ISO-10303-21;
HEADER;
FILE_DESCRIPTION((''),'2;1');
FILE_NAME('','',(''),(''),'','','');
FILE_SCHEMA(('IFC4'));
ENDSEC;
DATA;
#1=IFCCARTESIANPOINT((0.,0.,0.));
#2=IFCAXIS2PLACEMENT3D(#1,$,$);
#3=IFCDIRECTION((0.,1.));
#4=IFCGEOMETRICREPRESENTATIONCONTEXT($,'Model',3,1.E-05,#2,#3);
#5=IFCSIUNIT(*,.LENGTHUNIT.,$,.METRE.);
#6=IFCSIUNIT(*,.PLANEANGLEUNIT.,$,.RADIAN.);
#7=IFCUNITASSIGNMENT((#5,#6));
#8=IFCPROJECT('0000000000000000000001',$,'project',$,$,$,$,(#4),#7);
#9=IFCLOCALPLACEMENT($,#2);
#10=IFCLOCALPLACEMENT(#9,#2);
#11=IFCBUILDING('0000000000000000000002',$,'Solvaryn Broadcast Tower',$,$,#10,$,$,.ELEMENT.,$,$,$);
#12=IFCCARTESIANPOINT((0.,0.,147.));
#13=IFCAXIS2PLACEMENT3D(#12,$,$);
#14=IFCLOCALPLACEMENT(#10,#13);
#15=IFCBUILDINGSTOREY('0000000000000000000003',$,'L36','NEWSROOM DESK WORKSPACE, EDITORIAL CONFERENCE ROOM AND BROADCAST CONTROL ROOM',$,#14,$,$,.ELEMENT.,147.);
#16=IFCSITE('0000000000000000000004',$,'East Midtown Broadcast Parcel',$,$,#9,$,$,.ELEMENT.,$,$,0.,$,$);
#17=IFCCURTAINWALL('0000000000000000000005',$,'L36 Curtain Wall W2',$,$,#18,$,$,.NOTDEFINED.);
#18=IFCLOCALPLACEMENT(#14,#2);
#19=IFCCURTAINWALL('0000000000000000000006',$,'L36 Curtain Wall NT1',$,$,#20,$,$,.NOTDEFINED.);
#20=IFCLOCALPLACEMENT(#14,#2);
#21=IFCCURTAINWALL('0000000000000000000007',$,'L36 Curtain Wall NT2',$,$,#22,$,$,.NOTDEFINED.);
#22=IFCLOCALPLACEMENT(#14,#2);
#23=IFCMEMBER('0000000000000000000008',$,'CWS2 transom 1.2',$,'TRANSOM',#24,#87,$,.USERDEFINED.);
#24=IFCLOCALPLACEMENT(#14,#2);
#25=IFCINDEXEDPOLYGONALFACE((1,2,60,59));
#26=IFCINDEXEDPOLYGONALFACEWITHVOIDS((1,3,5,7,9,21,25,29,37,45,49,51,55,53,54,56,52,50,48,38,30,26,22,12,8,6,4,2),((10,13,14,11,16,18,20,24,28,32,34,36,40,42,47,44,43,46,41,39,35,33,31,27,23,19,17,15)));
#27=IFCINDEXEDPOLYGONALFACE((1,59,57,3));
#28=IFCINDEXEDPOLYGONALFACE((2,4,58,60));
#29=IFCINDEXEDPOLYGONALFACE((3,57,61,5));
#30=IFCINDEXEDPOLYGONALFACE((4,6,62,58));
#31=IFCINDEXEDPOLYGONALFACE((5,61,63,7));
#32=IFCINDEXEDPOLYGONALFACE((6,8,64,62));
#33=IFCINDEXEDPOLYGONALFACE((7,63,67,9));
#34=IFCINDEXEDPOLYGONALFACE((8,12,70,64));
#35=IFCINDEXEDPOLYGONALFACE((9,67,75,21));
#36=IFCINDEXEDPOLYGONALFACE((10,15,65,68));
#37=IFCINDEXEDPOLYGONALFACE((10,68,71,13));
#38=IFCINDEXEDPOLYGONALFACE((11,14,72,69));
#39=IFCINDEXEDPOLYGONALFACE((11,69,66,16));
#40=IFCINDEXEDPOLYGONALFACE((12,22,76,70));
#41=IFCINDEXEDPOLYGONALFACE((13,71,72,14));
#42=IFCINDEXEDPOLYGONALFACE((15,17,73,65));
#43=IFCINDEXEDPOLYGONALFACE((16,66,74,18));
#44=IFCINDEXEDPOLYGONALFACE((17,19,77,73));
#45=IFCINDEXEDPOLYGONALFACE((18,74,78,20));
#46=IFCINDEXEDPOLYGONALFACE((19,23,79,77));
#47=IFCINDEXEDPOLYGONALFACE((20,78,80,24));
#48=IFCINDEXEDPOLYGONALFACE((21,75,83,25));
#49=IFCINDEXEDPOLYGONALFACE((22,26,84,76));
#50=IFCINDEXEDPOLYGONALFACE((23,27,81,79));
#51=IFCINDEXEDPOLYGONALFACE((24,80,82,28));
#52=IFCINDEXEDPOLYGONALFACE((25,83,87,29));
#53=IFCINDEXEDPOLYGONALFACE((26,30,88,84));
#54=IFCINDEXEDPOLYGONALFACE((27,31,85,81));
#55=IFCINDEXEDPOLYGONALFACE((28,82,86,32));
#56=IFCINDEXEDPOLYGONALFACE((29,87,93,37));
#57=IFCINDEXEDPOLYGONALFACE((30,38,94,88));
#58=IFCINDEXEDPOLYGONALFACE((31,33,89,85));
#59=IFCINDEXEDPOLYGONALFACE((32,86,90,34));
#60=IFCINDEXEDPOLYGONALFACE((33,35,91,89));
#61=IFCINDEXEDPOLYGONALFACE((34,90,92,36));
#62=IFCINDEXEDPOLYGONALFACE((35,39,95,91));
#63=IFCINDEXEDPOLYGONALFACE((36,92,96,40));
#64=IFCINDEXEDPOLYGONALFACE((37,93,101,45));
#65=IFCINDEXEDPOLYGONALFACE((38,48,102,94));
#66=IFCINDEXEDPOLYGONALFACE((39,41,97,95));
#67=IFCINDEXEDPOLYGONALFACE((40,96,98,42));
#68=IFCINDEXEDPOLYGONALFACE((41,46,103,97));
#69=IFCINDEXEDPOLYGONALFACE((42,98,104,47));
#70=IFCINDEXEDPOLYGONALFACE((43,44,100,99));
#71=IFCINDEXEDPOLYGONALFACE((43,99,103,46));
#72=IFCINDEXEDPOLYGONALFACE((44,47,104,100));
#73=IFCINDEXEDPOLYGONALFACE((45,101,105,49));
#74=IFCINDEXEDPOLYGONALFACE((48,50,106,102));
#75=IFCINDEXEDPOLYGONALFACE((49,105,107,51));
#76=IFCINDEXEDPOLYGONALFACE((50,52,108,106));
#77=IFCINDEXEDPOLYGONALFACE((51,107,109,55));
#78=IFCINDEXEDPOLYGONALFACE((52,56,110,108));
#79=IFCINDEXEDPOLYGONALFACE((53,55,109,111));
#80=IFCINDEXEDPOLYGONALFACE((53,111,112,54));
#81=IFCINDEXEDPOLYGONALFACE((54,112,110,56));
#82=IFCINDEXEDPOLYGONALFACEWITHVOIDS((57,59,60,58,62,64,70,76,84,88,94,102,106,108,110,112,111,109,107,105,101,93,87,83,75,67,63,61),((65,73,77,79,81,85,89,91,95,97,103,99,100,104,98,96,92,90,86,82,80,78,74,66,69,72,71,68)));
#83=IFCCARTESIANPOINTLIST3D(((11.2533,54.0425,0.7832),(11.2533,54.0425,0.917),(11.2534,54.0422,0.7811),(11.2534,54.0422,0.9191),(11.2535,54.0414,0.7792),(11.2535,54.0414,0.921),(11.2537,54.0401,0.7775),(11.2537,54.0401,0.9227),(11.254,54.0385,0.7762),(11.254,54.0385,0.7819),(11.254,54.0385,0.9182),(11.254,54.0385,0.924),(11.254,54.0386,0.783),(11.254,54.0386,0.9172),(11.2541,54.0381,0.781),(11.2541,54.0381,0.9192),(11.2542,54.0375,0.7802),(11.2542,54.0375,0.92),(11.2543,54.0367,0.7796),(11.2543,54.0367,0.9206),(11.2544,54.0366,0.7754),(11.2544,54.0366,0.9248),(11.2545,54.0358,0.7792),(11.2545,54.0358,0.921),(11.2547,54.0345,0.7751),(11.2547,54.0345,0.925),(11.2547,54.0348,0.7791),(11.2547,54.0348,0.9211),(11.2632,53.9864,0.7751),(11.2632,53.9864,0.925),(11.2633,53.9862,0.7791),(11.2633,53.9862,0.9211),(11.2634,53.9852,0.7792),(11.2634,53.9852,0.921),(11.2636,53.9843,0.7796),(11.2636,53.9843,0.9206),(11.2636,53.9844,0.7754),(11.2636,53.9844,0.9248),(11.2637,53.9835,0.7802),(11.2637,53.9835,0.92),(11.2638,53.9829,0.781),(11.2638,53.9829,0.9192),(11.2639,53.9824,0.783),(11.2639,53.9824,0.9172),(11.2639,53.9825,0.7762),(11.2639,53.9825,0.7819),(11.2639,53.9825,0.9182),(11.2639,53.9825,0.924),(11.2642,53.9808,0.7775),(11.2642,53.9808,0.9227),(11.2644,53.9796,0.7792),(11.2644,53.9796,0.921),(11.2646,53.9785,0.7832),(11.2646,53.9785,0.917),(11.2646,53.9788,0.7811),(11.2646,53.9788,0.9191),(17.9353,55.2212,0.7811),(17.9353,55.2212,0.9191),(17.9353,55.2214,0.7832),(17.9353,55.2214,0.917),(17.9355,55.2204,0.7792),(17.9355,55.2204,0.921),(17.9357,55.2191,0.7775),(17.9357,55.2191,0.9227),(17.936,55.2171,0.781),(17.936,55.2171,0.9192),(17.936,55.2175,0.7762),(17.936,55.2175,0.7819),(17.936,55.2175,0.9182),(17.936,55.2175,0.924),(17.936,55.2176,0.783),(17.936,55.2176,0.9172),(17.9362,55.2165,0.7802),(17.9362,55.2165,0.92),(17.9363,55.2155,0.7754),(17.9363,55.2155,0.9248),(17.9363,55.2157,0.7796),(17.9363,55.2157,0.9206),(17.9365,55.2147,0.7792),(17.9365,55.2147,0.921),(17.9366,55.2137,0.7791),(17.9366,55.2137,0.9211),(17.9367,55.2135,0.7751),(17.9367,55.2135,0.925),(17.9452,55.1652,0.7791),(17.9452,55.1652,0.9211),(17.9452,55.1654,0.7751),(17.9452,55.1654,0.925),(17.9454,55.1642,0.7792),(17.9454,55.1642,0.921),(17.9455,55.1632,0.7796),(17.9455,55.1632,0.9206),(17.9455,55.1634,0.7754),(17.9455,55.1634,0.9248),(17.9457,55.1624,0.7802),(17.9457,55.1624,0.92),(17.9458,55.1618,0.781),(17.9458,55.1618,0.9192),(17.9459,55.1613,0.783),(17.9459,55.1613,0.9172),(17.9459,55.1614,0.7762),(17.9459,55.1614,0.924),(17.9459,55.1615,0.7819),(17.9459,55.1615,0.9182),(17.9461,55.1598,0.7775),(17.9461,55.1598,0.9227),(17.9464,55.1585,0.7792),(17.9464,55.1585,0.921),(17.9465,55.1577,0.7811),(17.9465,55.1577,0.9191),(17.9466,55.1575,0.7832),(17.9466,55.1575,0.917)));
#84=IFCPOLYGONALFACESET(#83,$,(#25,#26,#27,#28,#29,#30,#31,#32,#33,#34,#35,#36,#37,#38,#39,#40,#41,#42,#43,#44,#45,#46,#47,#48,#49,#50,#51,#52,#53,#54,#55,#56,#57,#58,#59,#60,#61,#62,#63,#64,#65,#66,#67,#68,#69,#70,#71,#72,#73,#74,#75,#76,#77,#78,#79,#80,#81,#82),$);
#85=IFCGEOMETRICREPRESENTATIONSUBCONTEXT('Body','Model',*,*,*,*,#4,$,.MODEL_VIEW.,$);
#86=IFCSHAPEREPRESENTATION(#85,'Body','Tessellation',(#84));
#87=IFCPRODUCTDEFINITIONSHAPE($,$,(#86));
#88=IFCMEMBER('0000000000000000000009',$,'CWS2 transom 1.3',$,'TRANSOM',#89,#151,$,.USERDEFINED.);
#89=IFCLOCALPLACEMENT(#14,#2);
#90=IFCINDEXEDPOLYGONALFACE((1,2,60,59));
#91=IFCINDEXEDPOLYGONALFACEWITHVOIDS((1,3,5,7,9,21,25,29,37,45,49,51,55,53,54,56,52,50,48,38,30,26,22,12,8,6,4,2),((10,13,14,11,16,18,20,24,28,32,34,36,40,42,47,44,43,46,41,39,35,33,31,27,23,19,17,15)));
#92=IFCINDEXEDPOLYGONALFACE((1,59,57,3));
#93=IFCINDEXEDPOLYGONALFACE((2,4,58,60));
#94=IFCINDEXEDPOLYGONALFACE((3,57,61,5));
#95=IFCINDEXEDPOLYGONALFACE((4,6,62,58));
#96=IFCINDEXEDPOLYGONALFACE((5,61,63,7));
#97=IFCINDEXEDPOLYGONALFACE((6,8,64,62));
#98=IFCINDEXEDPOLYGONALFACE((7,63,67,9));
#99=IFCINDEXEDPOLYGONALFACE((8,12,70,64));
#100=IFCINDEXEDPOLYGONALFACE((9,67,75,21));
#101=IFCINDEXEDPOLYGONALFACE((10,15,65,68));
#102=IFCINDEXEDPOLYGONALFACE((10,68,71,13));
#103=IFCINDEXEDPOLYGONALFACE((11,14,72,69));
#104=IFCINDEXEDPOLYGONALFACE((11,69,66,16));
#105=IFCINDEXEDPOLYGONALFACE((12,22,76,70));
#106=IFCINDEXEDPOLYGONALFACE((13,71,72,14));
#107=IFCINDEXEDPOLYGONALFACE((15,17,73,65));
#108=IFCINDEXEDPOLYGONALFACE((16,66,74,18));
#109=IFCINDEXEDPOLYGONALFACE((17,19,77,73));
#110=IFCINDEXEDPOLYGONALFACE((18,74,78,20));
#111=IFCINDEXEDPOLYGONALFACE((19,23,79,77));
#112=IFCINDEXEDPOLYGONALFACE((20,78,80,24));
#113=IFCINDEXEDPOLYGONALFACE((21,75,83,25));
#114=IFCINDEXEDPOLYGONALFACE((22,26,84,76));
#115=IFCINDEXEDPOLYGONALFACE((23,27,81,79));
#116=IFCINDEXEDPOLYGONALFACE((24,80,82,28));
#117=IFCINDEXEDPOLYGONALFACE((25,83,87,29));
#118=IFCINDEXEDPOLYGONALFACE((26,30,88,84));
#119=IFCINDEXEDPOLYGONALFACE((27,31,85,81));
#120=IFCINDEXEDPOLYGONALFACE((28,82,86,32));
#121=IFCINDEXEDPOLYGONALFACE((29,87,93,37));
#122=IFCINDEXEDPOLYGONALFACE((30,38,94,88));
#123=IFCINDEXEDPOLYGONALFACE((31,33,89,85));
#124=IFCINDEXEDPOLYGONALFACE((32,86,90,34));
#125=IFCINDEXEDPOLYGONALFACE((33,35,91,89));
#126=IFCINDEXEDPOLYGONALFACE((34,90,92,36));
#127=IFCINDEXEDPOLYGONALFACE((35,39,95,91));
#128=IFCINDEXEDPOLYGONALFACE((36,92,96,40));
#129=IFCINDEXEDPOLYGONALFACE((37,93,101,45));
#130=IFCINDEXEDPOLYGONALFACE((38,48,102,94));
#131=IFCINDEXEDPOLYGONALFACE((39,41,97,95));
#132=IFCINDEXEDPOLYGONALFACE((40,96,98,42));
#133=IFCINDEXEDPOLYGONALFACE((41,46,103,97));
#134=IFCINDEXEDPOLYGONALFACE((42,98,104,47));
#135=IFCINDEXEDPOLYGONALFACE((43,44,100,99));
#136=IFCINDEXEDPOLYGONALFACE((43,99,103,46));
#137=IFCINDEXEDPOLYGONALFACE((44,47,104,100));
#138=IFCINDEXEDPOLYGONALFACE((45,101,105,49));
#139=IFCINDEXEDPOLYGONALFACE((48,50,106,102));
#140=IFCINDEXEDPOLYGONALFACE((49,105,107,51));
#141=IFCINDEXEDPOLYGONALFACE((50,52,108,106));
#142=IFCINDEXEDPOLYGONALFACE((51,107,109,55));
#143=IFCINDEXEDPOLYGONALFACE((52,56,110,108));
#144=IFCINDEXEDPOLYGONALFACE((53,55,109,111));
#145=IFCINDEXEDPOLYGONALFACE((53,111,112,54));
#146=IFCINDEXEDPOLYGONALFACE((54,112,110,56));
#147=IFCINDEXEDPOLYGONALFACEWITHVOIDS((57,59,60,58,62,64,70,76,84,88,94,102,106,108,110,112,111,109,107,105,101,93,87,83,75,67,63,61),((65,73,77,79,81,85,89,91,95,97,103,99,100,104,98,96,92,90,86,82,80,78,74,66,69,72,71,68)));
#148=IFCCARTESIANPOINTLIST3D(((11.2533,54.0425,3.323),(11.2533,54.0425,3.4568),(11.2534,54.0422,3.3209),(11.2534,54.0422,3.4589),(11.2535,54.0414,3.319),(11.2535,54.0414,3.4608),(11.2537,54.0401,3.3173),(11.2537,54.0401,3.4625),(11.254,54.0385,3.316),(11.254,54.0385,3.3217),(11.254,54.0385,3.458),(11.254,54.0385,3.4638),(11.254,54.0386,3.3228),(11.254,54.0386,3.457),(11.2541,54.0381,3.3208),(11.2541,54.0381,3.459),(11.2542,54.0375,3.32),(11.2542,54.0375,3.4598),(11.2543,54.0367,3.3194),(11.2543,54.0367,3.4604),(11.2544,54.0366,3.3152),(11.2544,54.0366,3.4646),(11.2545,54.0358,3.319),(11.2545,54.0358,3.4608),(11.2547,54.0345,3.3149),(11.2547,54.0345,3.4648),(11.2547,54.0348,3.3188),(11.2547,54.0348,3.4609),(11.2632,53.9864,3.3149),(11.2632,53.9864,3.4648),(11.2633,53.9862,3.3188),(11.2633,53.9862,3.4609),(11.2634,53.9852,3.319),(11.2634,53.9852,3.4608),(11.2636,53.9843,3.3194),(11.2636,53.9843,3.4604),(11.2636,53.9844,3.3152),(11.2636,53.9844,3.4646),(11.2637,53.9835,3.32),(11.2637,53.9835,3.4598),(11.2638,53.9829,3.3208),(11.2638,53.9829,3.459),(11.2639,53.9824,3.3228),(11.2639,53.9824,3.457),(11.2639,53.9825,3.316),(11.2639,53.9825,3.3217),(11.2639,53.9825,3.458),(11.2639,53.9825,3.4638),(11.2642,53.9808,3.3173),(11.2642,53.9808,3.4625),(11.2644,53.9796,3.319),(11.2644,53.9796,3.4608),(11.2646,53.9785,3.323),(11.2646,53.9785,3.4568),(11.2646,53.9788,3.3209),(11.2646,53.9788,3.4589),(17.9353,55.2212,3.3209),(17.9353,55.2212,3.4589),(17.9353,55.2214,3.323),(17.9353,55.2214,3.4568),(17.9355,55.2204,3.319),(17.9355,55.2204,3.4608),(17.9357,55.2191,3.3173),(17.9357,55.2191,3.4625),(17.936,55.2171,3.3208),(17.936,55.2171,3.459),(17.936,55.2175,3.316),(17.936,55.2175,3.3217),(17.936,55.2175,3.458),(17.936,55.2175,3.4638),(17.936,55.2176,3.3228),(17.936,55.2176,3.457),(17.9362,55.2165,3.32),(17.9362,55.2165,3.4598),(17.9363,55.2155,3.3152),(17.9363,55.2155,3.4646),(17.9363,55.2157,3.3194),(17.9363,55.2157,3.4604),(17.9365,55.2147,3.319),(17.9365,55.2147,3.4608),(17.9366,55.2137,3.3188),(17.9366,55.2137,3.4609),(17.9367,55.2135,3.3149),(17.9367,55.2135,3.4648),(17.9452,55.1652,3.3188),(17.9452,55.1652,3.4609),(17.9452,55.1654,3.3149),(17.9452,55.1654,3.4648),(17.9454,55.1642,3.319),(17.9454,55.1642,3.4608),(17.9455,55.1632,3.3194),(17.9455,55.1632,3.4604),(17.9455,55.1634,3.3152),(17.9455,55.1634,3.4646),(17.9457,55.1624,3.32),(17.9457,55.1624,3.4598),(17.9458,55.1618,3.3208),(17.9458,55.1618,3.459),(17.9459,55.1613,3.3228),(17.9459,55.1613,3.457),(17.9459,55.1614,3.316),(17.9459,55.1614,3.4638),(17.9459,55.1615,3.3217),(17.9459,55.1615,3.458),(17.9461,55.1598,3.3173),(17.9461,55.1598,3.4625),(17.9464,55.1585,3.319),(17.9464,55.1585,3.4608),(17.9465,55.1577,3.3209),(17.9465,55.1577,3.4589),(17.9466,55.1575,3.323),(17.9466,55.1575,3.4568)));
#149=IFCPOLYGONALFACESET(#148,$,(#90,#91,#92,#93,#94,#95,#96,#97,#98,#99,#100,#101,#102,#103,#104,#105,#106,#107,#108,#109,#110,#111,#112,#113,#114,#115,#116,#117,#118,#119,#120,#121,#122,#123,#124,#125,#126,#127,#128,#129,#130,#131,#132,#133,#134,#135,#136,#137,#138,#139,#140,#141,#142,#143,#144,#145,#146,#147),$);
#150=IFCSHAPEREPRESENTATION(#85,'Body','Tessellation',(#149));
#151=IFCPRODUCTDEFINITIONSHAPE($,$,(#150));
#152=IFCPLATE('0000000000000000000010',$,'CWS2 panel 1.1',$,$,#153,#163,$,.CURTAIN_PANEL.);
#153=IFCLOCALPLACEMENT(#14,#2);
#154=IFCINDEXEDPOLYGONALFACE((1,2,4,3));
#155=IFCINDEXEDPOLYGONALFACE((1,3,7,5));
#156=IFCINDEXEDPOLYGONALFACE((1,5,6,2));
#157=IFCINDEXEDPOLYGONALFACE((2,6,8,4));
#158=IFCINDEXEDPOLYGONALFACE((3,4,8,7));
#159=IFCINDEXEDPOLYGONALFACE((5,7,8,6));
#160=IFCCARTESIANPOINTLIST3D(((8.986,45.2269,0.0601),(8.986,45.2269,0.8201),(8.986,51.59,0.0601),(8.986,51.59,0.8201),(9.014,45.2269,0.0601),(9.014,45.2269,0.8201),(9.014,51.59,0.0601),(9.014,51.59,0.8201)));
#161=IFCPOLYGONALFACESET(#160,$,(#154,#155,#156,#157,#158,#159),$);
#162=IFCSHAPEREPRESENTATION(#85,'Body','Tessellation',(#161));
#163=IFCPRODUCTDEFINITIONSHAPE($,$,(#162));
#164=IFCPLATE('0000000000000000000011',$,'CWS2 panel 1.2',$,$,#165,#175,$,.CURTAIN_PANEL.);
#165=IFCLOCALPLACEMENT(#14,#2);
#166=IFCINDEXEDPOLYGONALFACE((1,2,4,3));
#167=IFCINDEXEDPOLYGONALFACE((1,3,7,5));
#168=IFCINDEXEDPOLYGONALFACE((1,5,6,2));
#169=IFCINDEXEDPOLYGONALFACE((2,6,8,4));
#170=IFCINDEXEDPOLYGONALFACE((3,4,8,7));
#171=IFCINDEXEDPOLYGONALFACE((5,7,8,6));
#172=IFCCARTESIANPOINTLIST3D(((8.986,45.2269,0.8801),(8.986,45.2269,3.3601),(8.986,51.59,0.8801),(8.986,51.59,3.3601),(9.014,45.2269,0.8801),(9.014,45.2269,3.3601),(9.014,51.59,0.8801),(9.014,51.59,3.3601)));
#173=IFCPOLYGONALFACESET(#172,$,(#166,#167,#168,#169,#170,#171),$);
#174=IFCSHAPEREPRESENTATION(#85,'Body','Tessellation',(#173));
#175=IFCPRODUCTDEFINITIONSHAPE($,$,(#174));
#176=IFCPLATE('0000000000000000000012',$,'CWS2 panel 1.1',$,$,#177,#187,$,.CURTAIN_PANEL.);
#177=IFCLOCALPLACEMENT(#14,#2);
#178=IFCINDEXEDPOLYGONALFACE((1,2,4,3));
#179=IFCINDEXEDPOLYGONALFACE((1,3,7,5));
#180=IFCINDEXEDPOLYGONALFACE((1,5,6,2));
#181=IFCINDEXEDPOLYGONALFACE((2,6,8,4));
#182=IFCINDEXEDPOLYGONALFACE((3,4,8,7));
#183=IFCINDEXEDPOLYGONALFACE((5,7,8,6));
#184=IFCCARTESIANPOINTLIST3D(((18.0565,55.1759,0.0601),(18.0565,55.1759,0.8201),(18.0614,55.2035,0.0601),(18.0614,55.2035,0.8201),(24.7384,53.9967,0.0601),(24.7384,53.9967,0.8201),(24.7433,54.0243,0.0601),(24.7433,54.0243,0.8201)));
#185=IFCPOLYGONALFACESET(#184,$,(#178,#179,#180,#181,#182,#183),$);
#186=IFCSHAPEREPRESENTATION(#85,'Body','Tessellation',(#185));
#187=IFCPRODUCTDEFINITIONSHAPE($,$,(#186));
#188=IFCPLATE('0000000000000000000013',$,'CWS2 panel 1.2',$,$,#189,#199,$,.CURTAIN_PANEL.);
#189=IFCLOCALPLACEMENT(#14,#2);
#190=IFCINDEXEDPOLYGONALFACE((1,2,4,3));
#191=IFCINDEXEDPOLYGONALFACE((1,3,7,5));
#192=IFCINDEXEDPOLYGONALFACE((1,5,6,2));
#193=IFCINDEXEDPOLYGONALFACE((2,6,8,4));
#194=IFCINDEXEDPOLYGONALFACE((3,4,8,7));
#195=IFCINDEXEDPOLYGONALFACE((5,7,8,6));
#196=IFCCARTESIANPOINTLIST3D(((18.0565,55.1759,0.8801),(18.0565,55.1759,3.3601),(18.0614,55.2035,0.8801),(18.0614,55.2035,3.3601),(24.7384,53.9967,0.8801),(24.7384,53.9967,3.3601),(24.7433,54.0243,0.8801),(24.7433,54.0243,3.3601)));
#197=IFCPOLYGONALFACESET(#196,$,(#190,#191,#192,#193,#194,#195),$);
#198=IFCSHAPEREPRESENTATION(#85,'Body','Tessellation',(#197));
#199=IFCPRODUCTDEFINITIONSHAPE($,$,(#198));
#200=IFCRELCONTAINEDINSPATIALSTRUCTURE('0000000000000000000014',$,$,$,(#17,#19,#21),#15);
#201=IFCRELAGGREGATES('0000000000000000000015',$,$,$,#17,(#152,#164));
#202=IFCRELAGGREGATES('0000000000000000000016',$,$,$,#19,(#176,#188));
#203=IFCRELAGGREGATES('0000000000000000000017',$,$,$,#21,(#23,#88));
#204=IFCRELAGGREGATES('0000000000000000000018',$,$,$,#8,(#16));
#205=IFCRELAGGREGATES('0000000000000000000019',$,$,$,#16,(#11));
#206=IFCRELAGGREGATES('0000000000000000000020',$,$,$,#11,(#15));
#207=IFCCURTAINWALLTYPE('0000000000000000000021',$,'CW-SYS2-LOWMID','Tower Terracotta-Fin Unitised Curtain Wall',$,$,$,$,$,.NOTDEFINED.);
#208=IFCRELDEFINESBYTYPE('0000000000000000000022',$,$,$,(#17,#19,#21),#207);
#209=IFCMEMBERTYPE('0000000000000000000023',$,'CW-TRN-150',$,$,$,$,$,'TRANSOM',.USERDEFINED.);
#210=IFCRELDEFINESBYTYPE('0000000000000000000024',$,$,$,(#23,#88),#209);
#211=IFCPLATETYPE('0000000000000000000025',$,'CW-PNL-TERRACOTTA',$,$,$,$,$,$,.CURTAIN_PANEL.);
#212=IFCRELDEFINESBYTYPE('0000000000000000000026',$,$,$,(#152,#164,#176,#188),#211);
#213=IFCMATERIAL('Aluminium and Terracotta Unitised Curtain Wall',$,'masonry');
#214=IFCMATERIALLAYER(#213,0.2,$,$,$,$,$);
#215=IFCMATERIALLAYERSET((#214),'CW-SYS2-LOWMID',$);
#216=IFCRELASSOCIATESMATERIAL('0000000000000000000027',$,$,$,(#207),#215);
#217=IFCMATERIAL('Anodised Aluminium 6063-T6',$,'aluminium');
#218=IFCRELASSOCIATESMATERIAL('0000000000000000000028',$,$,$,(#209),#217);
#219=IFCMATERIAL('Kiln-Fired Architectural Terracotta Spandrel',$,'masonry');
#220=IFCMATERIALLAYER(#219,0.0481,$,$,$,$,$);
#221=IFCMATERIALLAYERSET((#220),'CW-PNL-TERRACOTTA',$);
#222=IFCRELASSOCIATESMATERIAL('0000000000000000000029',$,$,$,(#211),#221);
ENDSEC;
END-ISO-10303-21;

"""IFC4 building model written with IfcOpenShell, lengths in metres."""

from ifc_helpers import new_model, si_unit, direction, frame, origin, origin_2d, place, context, subcontext, project, spatial, rectangle, hollow_rectangle, extrude, material, layer, layer_set, material_profile, profile_set, type_object, element, aggregate, save


model = new_model("IFC4")

# Units and contexts
model_context = context("Model", 3, precision=1e-05, world=origin(), true_north=direction((0.0, 1.0)))
body_context = subcontext(model_context, "Body", "Model", "MODEL_VIEW")
ifc_project = project(units=[si_unit("LENGTHUNIT", "METRE"), si_unit("PLANEANGLEUNIT", "RADIAN")], contexts=[model_context])

# Site, building, storey
site_placement = place(None, origin())
site = spatial("IfcSite", under=ifc_project, at=site_placement, Name="East Midtown Broadcast Parcel", CompositionType="ELEMENT", RefElevation=0.0)
building_placement = place(site_placement, origin())
building = spatial("IfcBuilding", under=site, at=building_placement, Name="Solvaryn Broadcast Tower", CompositionType="ELEMENT")
storey_placement = place(building_placement, frame((0.0, 0.0, 147.0)))
storey = spatial("IfcBuildingStorey", under=building, at=storey_placement, Name="L36", Description="NEWSROOM DESK WORKSPACE, EDITORIAL CONFERENCE ROOM AND BROADCAST CONTROL ROOM", CompositionType="ELEMENT", Elevation=147.0)

# Curtain walls
ifc_material_1 = material(Name="Aluminium and Terracotta Unitised Curtain Wall", Category="masonry")
ifc_layer_1 = layer(ifc_material_1, 0.2)
ifc_layer_set_1 = layer_set([ifc_layer_1], Name="CW-SYS2-LOWMID")
curtain_wall_type = type_object("IfcCurtainWallType", Name="CW-SYS2-LOWMID", Description="Tower Terracotta-Fin Unitised Curtain Wall", PredefinedType="NOTDEFINED", material=ifc_layer_set_1)
curtain_wall_1_placement = place(storey_placement, origin())
curtain_wall_1 = element("IfcCurtainWall", 1, at=curtain_wall_1_placement, inside=storey, type_object=curtain_wall_type, Name="L36 Curtain Wall W2", PredefinedType="NOTDEFINED")
curtain_wall_2_placement = place(storey_placement, origin())
curtain_wall_2 = element("IfcCurtainWall", 2, at=curtain_wall_2_placement, inside=storey, type_object=curtain_wall_type, Name="L36 Curtain Wall NT1", PredefinedType="NOTDEFINED")

# Curtain wall
curtain_wall_3_placement = place(storey_placement, origin())
curtain_wall_3 = element("IfcCurtainWall", 3, at=curtain_wall_3_placement, inside=storey, type_object=curtain_wall_type, Name="L36 Curtain Wall NT2", PredefinedType="NOTDEFINED")

# Members
ifc_material_2 = material(Name="Anodised Aluminium 6063-T6", Category="aluminium")
ifc_material_profile_1 = material_profile(ifc_material_2, hollow_rectangle(XDim=0.0649, YDim=0.1499, WallThickness=0.0039, InnerFilletRadius=0.0039, OuterFilletRadius=0.0081, at=origin_2d()))
ifc_profile_set_1 = profile_set([ifc_material_profile_1], Name="Anodised Aluminium 6063-T6")
member_type_1 = type_object("IfcMemberType", Name="CW-TRN-150", ElementType="TRANSOM", PredefinedType="USERDEFINED", material=ifc_profile_set_1)
member_1_placement = place(storey_placement, frame((17.9409, 55.1895, 0.8501), z_axis=(-0.984789, -0.173757, 0.0), x_axis=(0.173757, -0.984789, 0.0)))
member_1 = element("IfcMember", 4, at=member_1_placement, type_object=member_type_1, Name="CWS2 transom 1.2", ObjectType="TRANSOM", PredefinedType="USERDEFINED", context=body_context, shape_type="SweptSolid", body=[
    extrude(hollow_rectangle(XDim=0.0649, YDim=0.1499, WallThickness=0.0039, InnerFilletRadius=0.0039, OuterFilletRadius=0.0081, at=origin_2d()), origin(), (0.0, 0.0, 1.0), 6.7852),
])
member_2_placement = place(storey_placement, frame((17.9409, 55.1895, 3.3899), z_axis=(-0.984789, -0.173757, 0.0), x_axis=(0.173757, -0.984789, 0.0)))
member_2 = element("IfcMember", 5, at=member_2_placement, type_object=member_type_1, Name="CWS2 transom 1.3", ObjectType="TRANSOM", PredefinedType="USERDEFINED", context=body_context, shape_type="SweptSolid", body=[
    extrude(hollow_rectangle(XDim=0.0649, YDim=0.1499, WallThickness=0.0039, InnerFilletRadius=0.0039, OuterFilletRadius=0.0081, at=origin_2d()), origin(), (0.0, 0.0, 1.0), 6.7852),
])

# Plates
ifc_material_3 = material(Name="Kiln-Fired Architectural Terracotta Spandrel", Category="masonry")
ifc_layer_2 = layer(ifc_material_3, 0.0481)
ifc_layer_set_2 = layer_set([ifc_layer_2], Name="CW-PNL-TERRACOTTA")
plate_type = type_object("IfcPlateType", Name="CW-PNL-TERRACOTTA", PredefinedType="CURTAIN_PANEL", material=ifc_layer_set_2)
plate_1_placement = place(storey_placement, frame((9.0, 48.4084, 0.0601), z_axis=(0.0, 0.0, 1.0), x_axis=(0.0, 1.0, 0.0)))
plate_1 = element("IfcPlate", 6, at=plate_1_placement, type_object=plate_type, Name="CWS2 panel 1.1", PredefinedType="CURTAIN_PANEL", context=body_context, shape_type="SweptSolid", body=[
    extrude(rectangle(XDim=6.363, YDim=0.0281, at=origin_2d()), origin(), (0.0, 0.0, 1.0), 0.76),
])
plate_2_placement = place(storey_placement, frame((9.0, 48.4084, 0.8801), z_axis=(0.0, 0.0, 1.0), x_axis=(0.0, 1.0, 0.0)))
plate_2 = element("IfcPlate", 7, at=plate_2_placement, type_object=plate_type, Name="CWS2 panel 1.2", PredefinedType="CURTAIN_PANEL", context=body_context, shape_type="SweptSolid", body=[
    extrude(rectangle(XDim=6.363, YDim=0.0281, at=origin_2d()), origin(), (0.0, 0.0, 1.0), 2.48),
])
aggregate(curtain_wall_1, [plate_1, plate_2])
plate_3_placement = place(storey_placement, frame((21.3999, 54.6001, 0.0601), z_axis=(0.0, 0.0, 1.0), x_axis=(-0.984784, 0.173785, 0.0)))
plate_3 = element("IfcPlate", 8, at=plate_3_placement, type_object=plate_type, Name="CWS2 panel 1.1", PredefinedType="CURTAIN_PANEL", context=body_context, shape_type="SweptSolid", body=[
    extrude(rectangle(XDim=6.7852, YDim=0.0281, at=origin_2d()), origin(), (0.0, 0.0, 1.0), 0.76),
])
plate_4_placement = place(storey_placement, frame((21.3999, 54.6001, 0.8801), z_axis=(0.0, 0.0, 1.0), x_axis=(-0.984784, 0.173785, 0.0)))
plate_4 = element("IfcPlate", 9, at=plate_4_placement, type_object=plate_type, Name="CWS2 panel 1.2", PredefinedType="CURTAIN_PANEL", context=body_context, shape_type="SweptSolid", body=[
    extrude(rectangle(XDim=6.7852, YDim=0.0281, at=origin_2d()), origin(), (0.0, 0.0, 1.0), 2.48),
])
aggregate(curtain_wall_2, [plate_3, plate_4])
aggregate(curtain_wall_3, [member_1, member_2])

save(model, "model.ifc")
